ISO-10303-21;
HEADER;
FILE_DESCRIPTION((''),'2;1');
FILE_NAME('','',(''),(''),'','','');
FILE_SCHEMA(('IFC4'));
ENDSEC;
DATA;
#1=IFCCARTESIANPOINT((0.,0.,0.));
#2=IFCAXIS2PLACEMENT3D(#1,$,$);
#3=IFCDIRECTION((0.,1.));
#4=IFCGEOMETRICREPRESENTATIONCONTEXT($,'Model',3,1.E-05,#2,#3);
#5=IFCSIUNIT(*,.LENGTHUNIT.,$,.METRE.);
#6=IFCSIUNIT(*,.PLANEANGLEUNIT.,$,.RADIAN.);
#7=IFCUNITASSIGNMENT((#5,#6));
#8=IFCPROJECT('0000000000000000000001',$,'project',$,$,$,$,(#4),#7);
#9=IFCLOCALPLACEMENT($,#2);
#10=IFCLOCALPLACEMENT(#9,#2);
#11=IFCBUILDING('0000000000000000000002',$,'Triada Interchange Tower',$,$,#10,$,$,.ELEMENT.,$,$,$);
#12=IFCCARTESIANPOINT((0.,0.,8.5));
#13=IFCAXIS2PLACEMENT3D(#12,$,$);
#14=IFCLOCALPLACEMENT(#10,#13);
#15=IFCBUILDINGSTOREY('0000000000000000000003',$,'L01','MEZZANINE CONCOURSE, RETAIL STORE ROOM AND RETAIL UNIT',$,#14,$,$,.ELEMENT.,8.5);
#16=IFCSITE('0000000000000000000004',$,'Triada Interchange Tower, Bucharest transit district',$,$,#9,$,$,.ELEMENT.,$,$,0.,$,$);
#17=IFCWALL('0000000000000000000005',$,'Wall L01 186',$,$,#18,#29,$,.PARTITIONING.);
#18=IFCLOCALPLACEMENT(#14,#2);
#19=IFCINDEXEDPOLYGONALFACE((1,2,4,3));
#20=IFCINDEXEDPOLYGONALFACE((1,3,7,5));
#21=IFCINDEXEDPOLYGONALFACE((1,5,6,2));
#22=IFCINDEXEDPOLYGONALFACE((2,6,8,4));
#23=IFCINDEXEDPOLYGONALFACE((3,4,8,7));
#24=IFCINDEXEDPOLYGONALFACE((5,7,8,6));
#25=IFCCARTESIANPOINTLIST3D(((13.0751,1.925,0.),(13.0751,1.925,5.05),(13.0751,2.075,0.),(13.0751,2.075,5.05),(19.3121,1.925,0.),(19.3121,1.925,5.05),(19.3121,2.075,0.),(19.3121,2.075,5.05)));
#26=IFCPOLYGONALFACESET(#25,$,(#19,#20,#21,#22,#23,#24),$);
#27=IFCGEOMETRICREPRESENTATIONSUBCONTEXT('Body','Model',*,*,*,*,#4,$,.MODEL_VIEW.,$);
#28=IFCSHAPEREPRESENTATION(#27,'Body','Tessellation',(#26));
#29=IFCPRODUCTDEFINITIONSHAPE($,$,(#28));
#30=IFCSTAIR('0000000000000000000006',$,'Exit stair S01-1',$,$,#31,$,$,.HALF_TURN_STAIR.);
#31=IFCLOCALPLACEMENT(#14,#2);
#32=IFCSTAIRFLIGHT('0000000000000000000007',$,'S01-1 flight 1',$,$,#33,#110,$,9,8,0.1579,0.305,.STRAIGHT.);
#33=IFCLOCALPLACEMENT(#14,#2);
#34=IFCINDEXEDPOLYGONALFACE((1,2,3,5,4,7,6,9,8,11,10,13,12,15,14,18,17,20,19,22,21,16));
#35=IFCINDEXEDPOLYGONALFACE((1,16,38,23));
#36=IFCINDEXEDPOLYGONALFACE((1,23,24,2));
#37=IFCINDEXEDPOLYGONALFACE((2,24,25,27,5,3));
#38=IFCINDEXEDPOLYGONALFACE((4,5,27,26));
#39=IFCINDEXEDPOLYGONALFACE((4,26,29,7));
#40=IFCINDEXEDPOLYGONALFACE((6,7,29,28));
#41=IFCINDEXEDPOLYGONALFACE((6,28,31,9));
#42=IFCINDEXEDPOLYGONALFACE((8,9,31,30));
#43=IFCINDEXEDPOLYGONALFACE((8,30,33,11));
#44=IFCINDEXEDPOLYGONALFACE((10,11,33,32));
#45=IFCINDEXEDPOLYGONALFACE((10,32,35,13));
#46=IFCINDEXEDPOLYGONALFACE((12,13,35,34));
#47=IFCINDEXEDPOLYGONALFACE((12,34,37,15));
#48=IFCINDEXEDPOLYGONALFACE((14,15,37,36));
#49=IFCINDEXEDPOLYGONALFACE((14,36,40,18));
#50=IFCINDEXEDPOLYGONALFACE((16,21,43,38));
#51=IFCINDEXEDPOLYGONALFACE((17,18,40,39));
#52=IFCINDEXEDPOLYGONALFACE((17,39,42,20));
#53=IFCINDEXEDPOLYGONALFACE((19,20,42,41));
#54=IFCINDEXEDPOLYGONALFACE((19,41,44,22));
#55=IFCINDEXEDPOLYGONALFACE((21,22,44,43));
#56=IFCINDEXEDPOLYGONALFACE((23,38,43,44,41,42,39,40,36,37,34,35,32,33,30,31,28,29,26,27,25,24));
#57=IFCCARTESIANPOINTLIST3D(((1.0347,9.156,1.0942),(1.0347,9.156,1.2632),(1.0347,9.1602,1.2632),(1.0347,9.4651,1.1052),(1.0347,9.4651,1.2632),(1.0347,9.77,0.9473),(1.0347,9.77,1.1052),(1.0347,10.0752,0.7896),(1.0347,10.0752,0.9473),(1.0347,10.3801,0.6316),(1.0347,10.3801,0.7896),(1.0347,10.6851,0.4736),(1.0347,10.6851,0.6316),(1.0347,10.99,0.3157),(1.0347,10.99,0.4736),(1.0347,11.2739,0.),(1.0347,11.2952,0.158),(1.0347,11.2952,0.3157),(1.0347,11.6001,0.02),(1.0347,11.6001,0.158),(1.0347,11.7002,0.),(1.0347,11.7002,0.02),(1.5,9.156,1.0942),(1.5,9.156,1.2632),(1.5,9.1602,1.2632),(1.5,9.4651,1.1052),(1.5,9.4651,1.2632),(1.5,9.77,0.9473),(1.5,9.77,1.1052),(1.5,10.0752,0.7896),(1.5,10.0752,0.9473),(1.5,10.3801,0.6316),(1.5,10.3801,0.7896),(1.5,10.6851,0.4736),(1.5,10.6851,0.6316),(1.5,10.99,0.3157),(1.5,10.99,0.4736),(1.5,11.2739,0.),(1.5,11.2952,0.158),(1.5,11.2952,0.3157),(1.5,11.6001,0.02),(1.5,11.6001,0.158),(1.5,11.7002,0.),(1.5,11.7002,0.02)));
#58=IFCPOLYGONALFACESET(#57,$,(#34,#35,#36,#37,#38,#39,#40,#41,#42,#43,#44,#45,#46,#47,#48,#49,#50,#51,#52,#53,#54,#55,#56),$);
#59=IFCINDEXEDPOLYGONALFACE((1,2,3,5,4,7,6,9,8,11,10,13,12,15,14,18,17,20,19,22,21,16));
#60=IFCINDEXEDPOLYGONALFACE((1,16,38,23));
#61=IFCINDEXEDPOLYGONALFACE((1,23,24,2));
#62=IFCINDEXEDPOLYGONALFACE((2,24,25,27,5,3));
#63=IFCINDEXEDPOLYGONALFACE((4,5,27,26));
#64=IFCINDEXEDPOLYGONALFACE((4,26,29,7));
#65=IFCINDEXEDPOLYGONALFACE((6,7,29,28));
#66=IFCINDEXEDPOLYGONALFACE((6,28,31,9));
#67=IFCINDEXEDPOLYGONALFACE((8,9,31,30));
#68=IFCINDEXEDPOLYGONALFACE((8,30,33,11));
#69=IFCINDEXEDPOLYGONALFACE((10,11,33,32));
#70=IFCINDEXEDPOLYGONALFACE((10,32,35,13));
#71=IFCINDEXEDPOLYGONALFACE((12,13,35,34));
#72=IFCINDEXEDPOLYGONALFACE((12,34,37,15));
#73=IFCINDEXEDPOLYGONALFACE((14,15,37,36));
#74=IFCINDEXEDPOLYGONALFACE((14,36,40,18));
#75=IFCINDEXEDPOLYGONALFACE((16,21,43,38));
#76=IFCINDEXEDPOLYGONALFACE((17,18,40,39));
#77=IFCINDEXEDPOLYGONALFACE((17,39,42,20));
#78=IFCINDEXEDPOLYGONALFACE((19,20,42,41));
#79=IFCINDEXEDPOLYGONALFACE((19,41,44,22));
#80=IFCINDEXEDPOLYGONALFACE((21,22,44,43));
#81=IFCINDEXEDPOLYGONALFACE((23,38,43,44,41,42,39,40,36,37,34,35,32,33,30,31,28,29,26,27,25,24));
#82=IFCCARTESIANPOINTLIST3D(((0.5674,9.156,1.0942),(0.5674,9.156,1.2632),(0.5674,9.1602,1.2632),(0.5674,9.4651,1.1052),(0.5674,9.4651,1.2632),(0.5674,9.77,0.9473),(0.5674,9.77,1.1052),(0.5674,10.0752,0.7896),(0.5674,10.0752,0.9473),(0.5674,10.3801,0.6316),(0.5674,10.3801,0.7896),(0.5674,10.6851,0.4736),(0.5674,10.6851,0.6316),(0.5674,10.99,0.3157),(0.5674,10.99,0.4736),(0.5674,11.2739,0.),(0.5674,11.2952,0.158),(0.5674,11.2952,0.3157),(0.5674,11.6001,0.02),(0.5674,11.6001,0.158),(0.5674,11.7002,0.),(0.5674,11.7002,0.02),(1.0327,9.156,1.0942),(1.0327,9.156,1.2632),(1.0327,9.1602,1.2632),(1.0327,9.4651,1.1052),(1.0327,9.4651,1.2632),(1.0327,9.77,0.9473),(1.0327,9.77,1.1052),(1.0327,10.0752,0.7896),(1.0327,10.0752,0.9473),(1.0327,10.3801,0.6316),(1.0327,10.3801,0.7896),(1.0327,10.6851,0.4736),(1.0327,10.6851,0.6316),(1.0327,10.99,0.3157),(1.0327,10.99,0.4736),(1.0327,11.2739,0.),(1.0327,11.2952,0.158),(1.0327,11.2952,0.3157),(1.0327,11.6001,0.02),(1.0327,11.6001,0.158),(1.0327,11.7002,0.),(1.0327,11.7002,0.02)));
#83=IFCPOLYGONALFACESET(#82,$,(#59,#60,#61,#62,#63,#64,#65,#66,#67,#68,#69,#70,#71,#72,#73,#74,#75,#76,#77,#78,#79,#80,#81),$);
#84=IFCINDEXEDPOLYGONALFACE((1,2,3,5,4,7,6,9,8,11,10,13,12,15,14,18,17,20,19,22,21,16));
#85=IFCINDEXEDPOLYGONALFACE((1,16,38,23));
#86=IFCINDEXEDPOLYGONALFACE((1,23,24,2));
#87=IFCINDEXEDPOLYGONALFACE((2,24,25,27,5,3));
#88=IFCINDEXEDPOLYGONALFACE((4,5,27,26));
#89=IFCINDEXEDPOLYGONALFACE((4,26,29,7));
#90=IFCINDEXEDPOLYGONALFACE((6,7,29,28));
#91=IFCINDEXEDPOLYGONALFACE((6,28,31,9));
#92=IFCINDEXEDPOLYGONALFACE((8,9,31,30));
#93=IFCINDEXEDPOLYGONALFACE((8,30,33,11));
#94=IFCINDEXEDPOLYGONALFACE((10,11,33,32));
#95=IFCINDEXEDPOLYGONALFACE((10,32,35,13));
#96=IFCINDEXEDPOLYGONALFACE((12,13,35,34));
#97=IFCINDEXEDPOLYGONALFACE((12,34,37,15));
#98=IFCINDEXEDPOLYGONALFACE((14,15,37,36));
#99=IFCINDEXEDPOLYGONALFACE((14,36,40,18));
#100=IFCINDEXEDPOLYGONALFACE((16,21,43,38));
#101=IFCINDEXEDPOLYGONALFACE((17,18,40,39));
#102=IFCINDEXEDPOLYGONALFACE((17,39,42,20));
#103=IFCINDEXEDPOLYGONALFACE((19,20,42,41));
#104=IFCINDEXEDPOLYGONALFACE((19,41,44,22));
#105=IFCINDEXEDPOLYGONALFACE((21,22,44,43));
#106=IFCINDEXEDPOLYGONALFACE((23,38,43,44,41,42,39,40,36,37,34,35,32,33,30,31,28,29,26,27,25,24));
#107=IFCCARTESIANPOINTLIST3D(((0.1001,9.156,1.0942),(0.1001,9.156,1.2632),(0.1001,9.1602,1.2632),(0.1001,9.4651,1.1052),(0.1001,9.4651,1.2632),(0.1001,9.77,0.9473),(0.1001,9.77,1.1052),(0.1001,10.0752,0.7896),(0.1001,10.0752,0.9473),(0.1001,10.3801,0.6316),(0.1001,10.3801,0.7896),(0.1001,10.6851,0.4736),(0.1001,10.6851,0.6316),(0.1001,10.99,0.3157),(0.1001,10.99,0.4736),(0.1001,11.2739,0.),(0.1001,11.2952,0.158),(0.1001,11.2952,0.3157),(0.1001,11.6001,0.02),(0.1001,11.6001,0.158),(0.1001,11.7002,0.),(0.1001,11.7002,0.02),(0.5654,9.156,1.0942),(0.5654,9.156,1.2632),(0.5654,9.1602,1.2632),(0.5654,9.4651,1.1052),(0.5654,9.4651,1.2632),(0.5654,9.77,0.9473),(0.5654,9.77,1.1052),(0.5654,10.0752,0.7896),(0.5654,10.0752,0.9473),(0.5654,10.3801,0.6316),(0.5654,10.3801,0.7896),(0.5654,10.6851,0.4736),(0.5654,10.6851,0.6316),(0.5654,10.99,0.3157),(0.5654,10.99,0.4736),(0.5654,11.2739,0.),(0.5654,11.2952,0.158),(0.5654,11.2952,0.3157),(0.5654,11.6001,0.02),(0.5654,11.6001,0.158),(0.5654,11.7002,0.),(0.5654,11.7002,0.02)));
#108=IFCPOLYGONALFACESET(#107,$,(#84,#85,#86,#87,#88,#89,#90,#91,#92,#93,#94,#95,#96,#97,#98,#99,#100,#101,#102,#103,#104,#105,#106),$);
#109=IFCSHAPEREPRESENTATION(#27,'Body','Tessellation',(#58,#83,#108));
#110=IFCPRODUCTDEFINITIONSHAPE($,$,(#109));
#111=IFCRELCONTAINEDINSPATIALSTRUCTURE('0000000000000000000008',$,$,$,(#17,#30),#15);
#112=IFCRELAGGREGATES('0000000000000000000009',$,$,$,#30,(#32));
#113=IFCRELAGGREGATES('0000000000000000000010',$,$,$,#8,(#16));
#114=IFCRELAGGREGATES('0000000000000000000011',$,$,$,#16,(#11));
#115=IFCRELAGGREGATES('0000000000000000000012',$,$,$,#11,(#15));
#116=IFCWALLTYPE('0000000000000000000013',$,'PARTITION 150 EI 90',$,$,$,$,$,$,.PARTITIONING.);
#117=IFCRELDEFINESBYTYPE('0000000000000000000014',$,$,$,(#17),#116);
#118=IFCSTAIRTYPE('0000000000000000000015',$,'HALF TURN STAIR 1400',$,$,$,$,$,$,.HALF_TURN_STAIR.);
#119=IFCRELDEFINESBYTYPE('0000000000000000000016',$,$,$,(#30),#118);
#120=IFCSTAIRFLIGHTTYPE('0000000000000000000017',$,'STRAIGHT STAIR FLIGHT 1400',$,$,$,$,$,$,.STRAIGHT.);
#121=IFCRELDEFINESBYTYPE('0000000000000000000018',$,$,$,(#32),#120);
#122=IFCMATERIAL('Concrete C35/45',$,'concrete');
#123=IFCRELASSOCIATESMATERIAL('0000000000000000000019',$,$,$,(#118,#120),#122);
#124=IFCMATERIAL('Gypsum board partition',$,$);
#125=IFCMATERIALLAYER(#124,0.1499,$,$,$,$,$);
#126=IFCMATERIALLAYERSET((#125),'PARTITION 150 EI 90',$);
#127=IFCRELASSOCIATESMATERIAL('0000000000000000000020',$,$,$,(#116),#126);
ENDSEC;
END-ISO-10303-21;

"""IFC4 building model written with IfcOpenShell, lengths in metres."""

from ifc_helpers import new_model, si_unit, direction, frame, frame_2d, origin, place, context, subcontext, project, spatial, polyline, rectangle, outline, extrude, material, layer, layer_set, type_object, element, aggregate, save


model = new_model("IFC4")

# Units and contexts
model_context = context("Model", 3, precision=1e-05, world=origin(), true_north=direction((0.0, 1.0)))
body_context = subcontext(model_context, "Body", "Model", "MODEL_VIEW")
ifc_project = project(units=[si_unit("LENGTHUNIT", "METRE"), si_unit("PLANEANGLEUNIT", "RADIAN")], contexts=[model_context])

# Site, building, storey
site_placement = place(None, origin())
site = spatial("IfcSite", under=ifc_project, at=site_placement, Name="Triada Interchange Tower, Bucharest transit district", CompositionType="ELEMENT", RefElevation=0.0)
building_placement = place(site_placement, origin())
building = spatial("IfcBuilding", under=site, at=building_placement, Name="Triada Interchange Tower", CompositionType="ELEMENT")
storey_placement = place(building_placement, frame((0.0, 0.0, 8.5)))
storey = spatial("IfcBuildingStorey", under=building, at=storey_placement, Name="L01", Description="MEZZANINE CONCOURSE, RETAIL STORE ROOM AND RETAIL UNIT", CompositionType="ELEMENT", Elevation=8.5)

# Shared definitions
ifc_material_1 = material(Name="Concrete C35/45", Category="concrete")

# Shared definitions
stair_type = type_object("IfcStairType", Name="HALF TURN STAIR 1400", PredefinedType="HALF_TURN_STAIR", material=ifc_material_1)

# Shared definitions
ifc_material_2 = material(Name="Gypsum board partition")
ifc_layer_1 = layer(ifc_material_2, 0.1499)
ifc_layer_set_1 = layer_set([ifc_layer_1], Name="PARTITION 150 EI 90")
wall_type_1 = type_object("IfcWallType", Name="PARTITION 150 EI 90", PredefinedType="PARTITIONING", material=ifc_layer_set_1)

# Wall
wall_1_placement = place(storey_placement, frame((13.075, 2.0, 0.0), z_axis=(0.0, 0.0, 1.0), x_axis=(1.0, 0.0, 0.0)))
element("IfcWall", 1, at=wall_1_placement, inside=storey, type_object=wall_type_1, Name="Wall L01 186", PredefinedType="PARTITIONING", context=body_context, shape_type="SweptSolid", body=[
    extrude(rectangle(XDim=6.2371, YDim=0.1499, at=frame_2d((3.1187, 0.0))), origin(), (0.0, 0.0, 1.0), 5.05),
])

# Stair, stair flight
stair_1_placement = place(storey_placement, origin())
stair_1 = element("IfcStair", 2, at=stair_1_placement, inside=storey, type_object=stair_type, Name="Exit stair S01-1", PredefinedType="HALF_TURN_STAIR")
stair_flight_type = type_object("IfcStairFlightType", Name="STRAIGHT STAIR FLIGHT 1400", PredefinedType="STRAIGHT", material=ifc_material_1)
stair_flight_1_placement = place(storey_placement, frame((0.8, 11.6001, 0.0), z_axis=(0.0, 0.0, 1.0), x_axis=(0.0, -1.0, 0.0)))
stair_flight_1 = element("IfcStairFlight", 3, at=stair_flight_1_placement, type_object=stair_flight_type, Name="S01-1 flight 1", NumberOfRisers=9, NumberOfTreads=8, PredefinedType="STRAIGHT", RiserHeight=0.1579, TreadLength=0.305, context=body_context, shape_type="SweptSolid", body=[
    extrude(outline(polyline([(-0.1001, 0.0), (-0.1001, 0.02), (0.0, 0.02), (0.0, 0.158), (0.3049, 0.158), (0.3049, 0.3157), (0.6101, 0.3157), (0.6101, 0.4736), (0.915, 0.4736), (0.915, 0.6316), (1.22, 0.6316), (1.22, 0.7896), (1.5249, 0.7896), (1.5249, 0.9473), (1.8301, 0.9473), (1.8301, 1.1052), (2.135, 1.1052), (2.135, 1.2632), (2.4399, 1.2632), (2.4441, 1.2632), (2.4441, 1.4209), (2.4441, 1.0942), (0.3262, 0.0), (-0.1001, 0.0)])), frame((0.0, 0.7, 0.0), z_axis=(0.0, -1.0, 0.0), x_axis=(1.0, 0.0, 0.0)), (0.0, 0.0, 1.0), 0.4653),
    extrude(outline(polyline([(-0.1001, 0.0), (-0.1001, 0.02), (0.0, 0.02), (0.0, 0.158), (0.3049, 0.158), (0.3049, 0.3157), (0.6101, 0.3157), (0.6101, 0.4736), (0.915, 0.4736), (0.915, 0.6316), (1.22, 0.6316), (1.22, 0.7896), (1.5249, 0.7896), (1.5249, 0.9473), (1.8301, 0.9473), (1.8301, 1.1052), (2.135, 1.1052), (2.135, 1.2632), (2.4399, 1.2632), (2.4441, 1.2632), (2.4441, 1.4209), (2.4441, 1.0942), (0.3262, 0.0), (-0.1001, 0.0)])), frame((0.0, 0.2327, 0.0), z_axis=(0.0, -1.0, 0.0), x_axis=(1.0, 0.0, 0.0)), (0.0, 0.0, 1.0), 0.4653),
    extrude(outline(polyline([(-0.1001, 0.0), (-0.1001, 0.02), (0.0, 0.02), (0.0, 0.158), (0.3049, 0.158), (0.3049, 0.3157), (0.6101, 0.3157), (0.6101, 0.4736), (0.915, 0.4736), (0.915, 0.6316), (1.22, 0.6316), (1.22, 0.7896), (1.5249, 0.7896), (1.5249, 0.9473), (1.8301, 0.9473), (1.8301, 1.1052), (2.135, 1.1052), (2.135, 1.2632), (2.4399, 1.2632), (2.4441, 1.2632), (2.4441, 1.4209), (2.4441, 1.0942), (0.3262, 0.0), (-0.1001, 0.0)])), frame((0.0, -0.2346, 0.0), z_axis=(0.0, -1.0, 0.0), x_axis=(1.0, 0.0, 0.0)), (0.0, 0.0, 1.0), 0.4653),
])
aggregate(stair_1, [stair_flight_1])

save(model, "model.ifc")
